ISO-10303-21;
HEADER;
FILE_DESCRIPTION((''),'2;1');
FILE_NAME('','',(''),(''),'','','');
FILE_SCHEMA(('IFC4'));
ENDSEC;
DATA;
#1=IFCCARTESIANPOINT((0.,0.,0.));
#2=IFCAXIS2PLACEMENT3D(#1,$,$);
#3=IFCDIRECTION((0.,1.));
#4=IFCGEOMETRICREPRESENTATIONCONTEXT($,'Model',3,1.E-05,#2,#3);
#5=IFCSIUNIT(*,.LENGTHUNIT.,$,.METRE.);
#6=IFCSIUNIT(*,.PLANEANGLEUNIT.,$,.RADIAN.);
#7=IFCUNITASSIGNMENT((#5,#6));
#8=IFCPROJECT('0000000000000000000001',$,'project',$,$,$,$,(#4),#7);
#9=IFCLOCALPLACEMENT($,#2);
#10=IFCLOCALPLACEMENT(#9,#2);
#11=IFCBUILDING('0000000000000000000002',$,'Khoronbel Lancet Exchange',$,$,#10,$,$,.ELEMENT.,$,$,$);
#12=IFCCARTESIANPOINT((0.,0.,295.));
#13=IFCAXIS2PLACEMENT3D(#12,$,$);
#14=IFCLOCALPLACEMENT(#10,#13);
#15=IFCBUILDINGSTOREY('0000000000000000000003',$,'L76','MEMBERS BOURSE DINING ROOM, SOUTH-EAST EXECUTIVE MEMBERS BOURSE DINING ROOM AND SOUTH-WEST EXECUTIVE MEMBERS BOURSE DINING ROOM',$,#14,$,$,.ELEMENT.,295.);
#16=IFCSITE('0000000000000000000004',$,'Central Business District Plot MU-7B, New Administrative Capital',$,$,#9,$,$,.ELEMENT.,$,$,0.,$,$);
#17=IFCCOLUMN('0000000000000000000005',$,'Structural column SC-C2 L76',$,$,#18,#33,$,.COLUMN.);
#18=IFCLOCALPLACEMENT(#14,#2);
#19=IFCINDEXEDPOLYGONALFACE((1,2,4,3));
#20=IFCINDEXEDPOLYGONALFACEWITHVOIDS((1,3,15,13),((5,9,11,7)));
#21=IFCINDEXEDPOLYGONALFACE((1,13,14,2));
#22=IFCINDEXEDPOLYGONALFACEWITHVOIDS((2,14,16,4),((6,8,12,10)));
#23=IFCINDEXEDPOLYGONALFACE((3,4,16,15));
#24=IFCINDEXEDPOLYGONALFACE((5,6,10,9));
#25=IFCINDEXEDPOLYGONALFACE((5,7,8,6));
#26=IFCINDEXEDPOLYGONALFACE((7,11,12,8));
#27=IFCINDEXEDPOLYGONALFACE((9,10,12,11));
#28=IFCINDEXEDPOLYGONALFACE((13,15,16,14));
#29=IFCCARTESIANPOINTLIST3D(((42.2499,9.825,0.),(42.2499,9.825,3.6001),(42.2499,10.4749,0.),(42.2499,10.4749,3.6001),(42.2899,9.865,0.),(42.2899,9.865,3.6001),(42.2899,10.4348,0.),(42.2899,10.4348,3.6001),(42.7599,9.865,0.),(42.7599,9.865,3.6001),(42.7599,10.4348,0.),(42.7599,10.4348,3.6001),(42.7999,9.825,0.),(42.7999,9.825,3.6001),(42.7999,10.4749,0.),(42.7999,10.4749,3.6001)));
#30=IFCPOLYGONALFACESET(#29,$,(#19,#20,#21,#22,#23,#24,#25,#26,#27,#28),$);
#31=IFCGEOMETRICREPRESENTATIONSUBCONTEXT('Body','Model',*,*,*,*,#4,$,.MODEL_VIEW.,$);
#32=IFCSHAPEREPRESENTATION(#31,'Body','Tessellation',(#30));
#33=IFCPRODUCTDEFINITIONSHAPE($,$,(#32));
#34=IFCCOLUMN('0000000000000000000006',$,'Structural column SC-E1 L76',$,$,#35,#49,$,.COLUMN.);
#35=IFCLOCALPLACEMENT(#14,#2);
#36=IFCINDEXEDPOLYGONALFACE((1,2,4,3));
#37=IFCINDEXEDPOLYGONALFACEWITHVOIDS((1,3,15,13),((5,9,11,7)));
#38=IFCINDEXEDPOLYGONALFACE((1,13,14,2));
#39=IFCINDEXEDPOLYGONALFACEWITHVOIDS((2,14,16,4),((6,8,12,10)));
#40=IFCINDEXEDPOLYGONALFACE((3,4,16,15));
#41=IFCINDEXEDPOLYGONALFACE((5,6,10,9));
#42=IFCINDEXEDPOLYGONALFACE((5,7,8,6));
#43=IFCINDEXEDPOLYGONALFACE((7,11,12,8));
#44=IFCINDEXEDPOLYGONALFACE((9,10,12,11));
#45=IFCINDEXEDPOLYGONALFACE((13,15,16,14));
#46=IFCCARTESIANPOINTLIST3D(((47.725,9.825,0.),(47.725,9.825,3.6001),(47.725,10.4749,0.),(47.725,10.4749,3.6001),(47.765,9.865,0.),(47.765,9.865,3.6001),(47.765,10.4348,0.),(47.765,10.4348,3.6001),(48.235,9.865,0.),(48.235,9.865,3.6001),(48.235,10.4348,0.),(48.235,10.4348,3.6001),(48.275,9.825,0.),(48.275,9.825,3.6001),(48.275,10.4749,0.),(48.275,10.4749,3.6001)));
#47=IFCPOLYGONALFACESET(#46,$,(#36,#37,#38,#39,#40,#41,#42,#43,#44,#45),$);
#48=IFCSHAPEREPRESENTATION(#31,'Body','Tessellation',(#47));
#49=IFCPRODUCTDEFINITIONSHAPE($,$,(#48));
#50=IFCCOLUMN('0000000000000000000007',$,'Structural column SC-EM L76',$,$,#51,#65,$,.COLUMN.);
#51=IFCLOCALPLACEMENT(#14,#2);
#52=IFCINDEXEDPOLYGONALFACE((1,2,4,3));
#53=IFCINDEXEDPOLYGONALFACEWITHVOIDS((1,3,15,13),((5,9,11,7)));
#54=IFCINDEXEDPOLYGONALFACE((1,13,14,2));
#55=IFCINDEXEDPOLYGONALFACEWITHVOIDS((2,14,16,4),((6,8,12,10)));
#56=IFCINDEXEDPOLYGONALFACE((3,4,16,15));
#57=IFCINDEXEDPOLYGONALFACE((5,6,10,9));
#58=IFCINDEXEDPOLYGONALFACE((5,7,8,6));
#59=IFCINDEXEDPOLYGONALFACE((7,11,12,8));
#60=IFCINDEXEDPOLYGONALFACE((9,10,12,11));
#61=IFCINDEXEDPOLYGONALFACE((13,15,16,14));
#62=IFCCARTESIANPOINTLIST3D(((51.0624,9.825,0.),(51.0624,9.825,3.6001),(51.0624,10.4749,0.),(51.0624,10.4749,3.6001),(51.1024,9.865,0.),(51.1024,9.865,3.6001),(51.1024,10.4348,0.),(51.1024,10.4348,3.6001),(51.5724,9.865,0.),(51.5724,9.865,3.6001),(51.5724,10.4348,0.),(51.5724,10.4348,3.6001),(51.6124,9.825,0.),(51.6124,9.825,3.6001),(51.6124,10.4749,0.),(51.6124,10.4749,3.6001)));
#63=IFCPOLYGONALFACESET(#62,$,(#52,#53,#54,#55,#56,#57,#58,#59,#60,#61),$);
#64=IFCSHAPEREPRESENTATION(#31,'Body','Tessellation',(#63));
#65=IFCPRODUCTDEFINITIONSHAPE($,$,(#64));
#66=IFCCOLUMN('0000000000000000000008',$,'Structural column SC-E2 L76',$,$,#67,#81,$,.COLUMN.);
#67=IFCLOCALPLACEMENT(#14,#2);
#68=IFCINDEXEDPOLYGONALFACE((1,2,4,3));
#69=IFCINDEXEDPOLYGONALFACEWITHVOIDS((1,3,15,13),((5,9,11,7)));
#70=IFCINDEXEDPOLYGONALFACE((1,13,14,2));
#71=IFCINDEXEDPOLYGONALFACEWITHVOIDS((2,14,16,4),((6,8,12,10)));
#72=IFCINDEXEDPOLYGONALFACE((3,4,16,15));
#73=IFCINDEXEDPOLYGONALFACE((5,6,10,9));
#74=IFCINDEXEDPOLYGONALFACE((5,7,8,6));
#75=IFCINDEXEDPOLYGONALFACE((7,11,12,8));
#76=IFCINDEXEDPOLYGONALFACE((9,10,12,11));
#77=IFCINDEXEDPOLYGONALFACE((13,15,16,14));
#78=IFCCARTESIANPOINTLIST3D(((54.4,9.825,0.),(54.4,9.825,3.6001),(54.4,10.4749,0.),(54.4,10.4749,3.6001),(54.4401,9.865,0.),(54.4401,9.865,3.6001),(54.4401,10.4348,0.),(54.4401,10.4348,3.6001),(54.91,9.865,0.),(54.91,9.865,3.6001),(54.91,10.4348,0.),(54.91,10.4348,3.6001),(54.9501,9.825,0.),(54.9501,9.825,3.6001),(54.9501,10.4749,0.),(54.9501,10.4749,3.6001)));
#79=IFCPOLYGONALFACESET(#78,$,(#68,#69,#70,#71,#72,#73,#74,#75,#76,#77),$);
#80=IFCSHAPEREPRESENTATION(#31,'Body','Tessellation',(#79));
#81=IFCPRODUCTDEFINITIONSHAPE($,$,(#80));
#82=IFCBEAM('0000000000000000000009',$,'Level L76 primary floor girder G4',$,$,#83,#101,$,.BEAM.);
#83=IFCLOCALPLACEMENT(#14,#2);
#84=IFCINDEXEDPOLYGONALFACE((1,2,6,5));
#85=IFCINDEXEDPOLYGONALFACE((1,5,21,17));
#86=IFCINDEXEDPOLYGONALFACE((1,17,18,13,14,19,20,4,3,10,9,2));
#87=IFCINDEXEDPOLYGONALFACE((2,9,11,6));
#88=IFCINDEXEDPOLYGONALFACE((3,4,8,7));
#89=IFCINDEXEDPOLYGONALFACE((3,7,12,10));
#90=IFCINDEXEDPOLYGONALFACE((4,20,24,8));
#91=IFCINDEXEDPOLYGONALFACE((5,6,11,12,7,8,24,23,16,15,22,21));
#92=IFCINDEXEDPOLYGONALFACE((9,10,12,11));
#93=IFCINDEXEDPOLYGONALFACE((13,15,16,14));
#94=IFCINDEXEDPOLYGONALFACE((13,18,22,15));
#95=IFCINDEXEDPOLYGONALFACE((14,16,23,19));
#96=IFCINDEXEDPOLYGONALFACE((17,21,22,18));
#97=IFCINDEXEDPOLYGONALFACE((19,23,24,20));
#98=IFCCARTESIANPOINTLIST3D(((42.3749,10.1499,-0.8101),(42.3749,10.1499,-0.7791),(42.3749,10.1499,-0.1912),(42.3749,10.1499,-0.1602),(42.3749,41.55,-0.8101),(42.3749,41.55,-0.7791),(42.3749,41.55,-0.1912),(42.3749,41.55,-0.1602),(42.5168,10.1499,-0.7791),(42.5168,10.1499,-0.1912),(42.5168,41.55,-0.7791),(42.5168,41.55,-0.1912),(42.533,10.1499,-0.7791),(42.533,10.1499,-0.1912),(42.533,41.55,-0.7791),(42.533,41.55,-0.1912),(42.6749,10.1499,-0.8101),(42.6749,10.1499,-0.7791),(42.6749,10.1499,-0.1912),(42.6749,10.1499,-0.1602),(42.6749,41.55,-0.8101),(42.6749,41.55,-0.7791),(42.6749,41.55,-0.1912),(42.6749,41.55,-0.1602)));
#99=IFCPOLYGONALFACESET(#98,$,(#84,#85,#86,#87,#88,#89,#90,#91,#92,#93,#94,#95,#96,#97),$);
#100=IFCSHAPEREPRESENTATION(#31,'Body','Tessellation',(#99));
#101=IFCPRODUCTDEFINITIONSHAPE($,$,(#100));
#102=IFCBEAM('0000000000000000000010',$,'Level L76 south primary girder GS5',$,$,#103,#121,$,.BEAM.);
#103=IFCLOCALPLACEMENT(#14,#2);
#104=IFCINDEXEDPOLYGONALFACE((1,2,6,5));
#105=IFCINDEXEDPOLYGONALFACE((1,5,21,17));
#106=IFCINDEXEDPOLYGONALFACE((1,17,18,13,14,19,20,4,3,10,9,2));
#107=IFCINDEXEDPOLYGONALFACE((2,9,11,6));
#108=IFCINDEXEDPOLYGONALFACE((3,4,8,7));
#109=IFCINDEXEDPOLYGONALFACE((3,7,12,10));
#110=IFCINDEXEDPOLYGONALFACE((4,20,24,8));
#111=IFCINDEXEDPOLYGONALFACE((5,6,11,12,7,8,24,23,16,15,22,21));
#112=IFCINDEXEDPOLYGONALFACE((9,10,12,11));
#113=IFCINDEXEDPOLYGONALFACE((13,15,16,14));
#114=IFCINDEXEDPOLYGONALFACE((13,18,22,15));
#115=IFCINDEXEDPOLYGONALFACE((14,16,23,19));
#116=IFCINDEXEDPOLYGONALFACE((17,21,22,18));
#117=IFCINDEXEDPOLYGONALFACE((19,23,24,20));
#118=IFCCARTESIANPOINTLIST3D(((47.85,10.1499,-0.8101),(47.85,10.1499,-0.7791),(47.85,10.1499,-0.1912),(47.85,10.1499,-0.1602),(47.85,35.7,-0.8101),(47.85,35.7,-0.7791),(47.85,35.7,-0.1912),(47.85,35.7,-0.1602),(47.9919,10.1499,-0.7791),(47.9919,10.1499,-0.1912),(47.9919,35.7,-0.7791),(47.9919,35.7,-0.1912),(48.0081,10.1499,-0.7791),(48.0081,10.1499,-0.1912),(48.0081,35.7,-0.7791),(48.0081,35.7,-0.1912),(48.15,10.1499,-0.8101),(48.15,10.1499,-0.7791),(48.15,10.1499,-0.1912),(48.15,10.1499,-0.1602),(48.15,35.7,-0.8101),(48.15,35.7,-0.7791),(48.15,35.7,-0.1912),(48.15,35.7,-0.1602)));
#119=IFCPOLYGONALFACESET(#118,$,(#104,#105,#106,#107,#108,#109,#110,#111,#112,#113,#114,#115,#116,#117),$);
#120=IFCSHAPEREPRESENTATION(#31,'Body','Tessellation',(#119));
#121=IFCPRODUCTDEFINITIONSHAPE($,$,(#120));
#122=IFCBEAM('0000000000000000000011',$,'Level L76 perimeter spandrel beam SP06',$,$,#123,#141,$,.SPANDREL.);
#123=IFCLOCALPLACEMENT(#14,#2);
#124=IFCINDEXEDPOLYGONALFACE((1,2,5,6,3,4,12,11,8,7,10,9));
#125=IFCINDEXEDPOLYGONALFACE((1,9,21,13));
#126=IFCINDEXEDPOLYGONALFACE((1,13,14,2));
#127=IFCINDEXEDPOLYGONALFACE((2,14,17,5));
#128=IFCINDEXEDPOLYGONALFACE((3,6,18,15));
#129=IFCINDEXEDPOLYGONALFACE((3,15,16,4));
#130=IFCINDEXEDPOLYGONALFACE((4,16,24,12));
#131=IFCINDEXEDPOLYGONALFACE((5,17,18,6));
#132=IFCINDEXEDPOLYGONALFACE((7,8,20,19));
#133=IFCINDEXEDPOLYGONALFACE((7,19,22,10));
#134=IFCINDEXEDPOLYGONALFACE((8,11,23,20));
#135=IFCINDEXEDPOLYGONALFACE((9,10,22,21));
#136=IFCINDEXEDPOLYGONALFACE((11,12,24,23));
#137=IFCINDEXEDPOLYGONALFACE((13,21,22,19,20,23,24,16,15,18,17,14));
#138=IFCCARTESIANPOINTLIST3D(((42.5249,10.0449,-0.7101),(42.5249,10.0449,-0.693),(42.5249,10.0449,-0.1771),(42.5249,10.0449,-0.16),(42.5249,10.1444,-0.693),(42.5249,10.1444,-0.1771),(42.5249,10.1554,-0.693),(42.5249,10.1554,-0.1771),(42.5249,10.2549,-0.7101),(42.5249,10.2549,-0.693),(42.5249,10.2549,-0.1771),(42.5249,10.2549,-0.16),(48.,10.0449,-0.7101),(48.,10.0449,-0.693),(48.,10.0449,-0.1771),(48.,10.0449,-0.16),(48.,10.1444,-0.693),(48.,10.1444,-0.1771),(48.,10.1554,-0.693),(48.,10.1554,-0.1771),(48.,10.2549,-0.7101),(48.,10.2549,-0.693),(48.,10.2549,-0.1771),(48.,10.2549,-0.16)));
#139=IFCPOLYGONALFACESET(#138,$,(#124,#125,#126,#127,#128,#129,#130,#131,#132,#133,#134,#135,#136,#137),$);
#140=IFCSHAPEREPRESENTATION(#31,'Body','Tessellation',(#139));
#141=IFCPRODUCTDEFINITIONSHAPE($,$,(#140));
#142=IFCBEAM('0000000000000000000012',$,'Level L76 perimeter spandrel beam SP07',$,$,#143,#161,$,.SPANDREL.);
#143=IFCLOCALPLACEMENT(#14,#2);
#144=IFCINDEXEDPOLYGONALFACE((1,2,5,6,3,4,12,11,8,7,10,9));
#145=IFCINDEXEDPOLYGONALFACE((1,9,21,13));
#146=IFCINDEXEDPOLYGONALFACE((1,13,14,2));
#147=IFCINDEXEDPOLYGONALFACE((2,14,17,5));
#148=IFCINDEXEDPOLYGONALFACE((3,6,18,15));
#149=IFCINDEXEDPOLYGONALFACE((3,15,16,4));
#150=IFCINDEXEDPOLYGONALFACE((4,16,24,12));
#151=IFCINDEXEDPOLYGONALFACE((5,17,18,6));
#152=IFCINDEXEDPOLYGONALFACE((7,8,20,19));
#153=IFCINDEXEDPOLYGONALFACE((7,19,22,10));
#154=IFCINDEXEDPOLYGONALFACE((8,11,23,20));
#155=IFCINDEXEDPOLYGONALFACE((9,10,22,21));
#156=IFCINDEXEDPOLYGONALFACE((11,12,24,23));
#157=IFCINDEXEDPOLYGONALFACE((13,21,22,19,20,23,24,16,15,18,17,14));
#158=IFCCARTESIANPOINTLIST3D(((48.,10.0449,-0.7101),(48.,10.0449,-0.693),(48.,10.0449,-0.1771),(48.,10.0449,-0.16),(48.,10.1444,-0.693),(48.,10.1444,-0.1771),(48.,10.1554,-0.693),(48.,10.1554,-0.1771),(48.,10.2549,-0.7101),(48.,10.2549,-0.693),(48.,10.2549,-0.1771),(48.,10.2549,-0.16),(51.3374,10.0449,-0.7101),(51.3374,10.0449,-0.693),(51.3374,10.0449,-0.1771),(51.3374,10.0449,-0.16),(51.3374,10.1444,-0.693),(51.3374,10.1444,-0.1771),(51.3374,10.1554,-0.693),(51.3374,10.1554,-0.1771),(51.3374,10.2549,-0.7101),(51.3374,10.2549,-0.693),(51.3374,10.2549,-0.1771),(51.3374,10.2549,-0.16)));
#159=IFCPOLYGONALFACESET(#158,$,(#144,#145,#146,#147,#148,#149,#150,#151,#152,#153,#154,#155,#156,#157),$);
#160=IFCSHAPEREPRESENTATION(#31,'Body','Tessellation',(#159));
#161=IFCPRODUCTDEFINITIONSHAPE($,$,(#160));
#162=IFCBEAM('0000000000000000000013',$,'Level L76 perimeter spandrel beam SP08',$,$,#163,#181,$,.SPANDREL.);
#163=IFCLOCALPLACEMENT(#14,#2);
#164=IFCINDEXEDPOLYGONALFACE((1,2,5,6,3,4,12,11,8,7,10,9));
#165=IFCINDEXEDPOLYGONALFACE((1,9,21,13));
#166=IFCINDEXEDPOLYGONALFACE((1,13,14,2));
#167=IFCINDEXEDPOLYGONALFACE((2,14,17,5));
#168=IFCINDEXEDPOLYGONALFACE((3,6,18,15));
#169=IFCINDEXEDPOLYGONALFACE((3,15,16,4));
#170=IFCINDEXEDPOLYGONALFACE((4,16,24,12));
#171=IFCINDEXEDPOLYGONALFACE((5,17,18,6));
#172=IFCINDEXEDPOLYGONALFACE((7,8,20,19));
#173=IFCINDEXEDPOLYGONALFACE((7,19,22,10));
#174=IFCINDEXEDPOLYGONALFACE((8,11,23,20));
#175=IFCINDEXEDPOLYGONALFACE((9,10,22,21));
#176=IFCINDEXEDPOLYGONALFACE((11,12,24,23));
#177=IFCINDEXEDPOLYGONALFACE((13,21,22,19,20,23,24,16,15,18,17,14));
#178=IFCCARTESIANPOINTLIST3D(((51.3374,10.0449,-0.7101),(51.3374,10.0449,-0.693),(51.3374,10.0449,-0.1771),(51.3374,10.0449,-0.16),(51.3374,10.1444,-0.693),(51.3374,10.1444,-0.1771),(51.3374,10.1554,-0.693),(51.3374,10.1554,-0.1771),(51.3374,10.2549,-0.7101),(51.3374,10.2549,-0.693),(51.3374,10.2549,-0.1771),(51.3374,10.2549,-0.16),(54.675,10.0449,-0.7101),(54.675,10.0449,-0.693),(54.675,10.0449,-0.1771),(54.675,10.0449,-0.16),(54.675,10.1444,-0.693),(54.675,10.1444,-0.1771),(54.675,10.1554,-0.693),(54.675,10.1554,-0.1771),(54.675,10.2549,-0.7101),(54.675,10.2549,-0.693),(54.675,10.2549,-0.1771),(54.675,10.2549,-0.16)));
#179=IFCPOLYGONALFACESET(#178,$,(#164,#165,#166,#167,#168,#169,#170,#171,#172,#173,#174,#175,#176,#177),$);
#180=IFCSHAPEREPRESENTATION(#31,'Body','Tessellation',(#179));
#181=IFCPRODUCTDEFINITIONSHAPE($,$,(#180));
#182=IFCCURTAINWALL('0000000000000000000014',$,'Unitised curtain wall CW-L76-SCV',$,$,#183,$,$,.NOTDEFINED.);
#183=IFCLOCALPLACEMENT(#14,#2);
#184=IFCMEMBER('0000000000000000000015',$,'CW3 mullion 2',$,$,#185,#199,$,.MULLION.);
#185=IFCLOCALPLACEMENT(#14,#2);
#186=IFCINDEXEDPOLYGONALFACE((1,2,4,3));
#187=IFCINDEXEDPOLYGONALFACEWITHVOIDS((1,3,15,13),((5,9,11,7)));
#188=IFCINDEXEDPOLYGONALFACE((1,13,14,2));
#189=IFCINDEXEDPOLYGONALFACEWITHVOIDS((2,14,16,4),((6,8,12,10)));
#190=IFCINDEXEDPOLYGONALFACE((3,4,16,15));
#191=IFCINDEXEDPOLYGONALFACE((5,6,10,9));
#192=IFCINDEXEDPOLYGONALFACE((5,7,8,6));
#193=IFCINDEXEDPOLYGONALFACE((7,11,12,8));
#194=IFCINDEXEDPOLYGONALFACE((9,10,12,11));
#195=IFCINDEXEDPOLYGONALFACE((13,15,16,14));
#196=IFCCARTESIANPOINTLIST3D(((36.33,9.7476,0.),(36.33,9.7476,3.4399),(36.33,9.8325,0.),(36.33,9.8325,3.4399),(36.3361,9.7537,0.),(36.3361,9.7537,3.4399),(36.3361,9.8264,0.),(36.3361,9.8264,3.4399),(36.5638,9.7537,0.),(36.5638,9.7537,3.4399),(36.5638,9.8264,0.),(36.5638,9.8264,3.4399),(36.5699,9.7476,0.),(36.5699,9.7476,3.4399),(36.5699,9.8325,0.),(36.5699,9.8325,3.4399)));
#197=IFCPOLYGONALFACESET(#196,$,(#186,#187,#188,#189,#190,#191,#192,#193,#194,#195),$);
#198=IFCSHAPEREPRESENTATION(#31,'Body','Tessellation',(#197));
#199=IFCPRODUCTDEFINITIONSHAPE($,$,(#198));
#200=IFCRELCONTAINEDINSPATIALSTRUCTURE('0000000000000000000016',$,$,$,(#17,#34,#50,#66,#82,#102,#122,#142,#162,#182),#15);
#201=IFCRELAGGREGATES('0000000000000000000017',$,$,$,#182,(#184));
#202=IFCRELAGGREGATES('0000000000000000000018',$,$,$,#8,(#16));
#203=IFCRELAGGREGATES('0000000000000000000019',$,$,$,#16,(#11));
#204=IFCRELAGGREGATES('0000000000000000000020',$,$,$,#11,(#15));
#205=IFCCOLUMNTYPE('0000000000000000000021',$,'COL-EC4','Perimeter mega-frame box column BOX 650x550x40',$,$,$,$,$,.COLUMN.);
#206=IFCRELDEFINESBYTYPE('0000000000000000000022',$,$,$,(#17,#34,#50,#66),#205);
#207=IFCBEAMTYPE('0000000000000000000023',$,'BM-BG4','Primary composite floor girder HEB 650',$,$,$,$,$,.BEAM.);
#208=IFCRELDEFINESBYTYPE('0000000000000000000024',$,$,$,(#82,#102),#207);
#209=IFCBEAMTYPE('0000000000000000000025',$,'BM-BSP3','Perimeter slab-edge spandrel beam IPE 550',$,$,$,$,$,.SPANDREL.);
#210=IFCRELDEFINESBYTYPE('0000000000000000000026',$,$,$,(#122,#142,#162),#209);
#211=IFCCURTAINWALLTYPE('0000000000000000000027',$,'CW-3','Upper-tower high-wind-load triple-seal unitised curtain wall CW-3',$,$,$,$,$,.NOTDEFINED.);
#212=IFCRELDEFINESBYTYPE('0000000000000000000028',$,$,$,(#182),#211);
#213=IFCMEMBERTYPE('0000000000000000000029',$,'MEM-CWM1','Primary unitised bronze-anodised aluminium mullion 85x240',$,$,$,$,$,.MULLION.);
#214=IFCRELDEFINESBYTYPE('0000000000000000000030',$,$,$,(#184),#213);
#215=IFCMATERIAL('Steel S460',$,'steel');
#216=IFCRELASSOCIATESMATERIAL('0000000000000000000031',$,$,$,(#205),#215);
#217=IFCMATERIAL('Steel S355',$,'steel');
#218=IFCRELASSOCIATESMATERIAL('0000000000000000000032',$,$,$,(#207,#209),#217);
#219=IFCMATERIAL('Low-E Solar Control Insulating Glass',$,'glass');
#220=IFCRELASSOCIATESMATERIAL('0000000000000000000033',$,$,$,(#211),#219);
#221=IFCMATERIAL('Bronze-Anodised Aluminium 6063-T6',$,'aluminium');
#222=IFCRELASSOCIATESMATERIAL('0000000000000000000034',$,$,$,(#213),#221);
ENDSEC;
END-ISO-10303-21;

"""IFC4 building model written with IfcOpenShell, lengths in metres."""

from ifc_helpers import new_model, si_unit, direction, frame, origin, origin_2d, place, context, subcontext, project, spatial, hollow_rectangle, i_section, extrude, material, material_profile, profile_set, type_object, element, aggregate, save


model = new_model("IFC4")

# Units and contexts
model_context = context("Model", 3, precision=1e-05, world=origin(), true_north=direction((0.0, 1.0)))
body_context = subcontext(model_context, "Body", "Model", "MODEL_VIEW")
ifc_project = project(units=[si_unit("LENGTHUNIT", "METRE"), si_unit("PLANEANGLEUNIT", "RADIAN")], contexts=[model_context])

# Site, building, storey
site_placement = place(None, origin())
site = spatial("IfcSite", under=ifc_project, at=site_placement, Name="Central Business District Plot MU-7B, New Administrative Capital", CompositionType="ELEMENT", RefElevation=0.0)
building_placement = place(site_placement, origin())
building = spatial("IfcBuilding", under=site, at=building_placement, Name="Khoronbel Lancet Exchange", CompositionType="ELEMENT")
storey_placement = place(building_placement, frame((0.0, 0.0, 295.0)))
storey = spatial("IfcBuildingStorey", under=building, at=storey_placement, Name="L76", Description="MEMBERS BOURSE DINING ROOM, SOUTH-EAST EXECUTIVE MEMBERS BOURSE DINING ROOM AND SOUTH-WEST EXECUTIVE MEMBERS BOURSE DINING ROOM", CompositionType="ELEMENT", Elevation=295.0)

# Columns
ifc_material_1 = material(Name="Steel S460", Category="steel")
ifc_material_profile_1 = material_profile(ifc_material_1, hollow_rectangle(XDim=0.55, YDim=0.6499, WallThickness=0.04, at=origin_2d()), Name="BOX 650x550x40")
ifc_profile_set_1 = profile_set([ifc_material_profile_1], Name="Steel S460")
column_type = type_object("IfcColumnType", Name="COL-EC4", Description="Perimeter mega-frame box column BOX 650x550x40", PredefinedType="COLUMN", material=ifc_profile_set_1)
for number, where, z_axis, x_axis, name in (
    (1, (42.5249, 10.1499, 0.0), (0.0, 0.0, 1.0), (1.0, 0.0, 0.0), "Structural column SC-C2 L76"),
    (2, (48.0, 10.1499, 0.0), (0.0, 0.0, 1.0), (1.0, 0.0, 0.0), "Structural column SC-E1 L76"),
    (3, (51.3374, 10.1499, 0.0), (0.0, 0.0, 1.0), (1.0, 0.0, 0.0), "Structural column SC-EM L76"),
    (4, (54.675, 10.1499, 0.0), (0.0, 0.0, 1.0), (1.0, 0.0, 0.0), "Structural column SC-E2 L76"),
):
    element("IfcColumn", number, at=place(storey_placement, frame(where, z_axis=z_axis, x_axis=x_axis)), inside=storey, type_object=column_type, Name=name, PredefinedType="COLUMN", context=body_context, shape_type="SweptSolid", body=[
        extrude(hollow_rectangle(XDim=0.55, YDim=0.6499, WallThickness=0.04, at=origin_2d()), origin(), (0.0, 0.0, 1.0), 3.6001),
    ])

# Beams
ifc_material_2 = material(Name="Steel S355", Category="steel")
ifc_material_profile_2 = material_profile(ifc_material_2, i_section(OverallWidth=0.3, OverallDepth=0.6499, WebThickness=0.0161, FlangeThickness=0.031, at=origin_2d()), Name="HEB 650")
ifc_profile_set_2 = profile_set([ifc_material_profile_2], Name="Steel S355")
beam_type_1 = type_object("IfcBeamType", Name="BM-BG4", Description="Primary composite floor girder HEB 650", PredefinedType="BEAM", material=ifc_profile_set_2)
beam_1_placement = place(storey_placement, frame((42.5249, 10.1499, -0.4851), z_axis=(0.0, 1.0, 0.0), x_axis=(-1.0, 0.0, 0.0)))
element("IfcBeam", 5, at=beam_1_placement, inside=storey, type_object=beam_type_1, Name="Level L76 primary floor girder G4", PredefinedType="BEAM", context=body_context, shape_type="SweptSolid", body=[
    extrude(i_section(OverallWidth=0.3, OverallDepth=0.6499, WebThickness=0.0161, FlangeThickness=0.031, at=origin_2d()), origin(), (0.0, 0.0, 1.0), 31.4001),
])
beam_2_placement = place(storey_placement, frame((48.0, 10.1499, -0.4851), z_axis=(0.0, 1.0, 0.0), x_axis=(-1.0, 0.0, 0.0)))
element("IfcBeam", 6, at=beam_2_placement, inside=storey, type_object=beam_type_1, Name="Level L76 south primary girder GS5", PredefinedType="BEAM", context=body_context, shape_type="SweptSolid", body=[
    extrude(i_section(OverallWidth=0.3, OverallDepth=0.6499, WebThickness=0.0161, FlangeThickness=0.031, at=origin_2d()), origin(), (0.0, 0.0, 1.0), 25.55),
])
ifc_material_profile_3 = material_profile(ifc_material_2, i_section(OverallWidth=0.21, OverallDepth=0.55, WebThickness=0.011, FlangeThickness=0.0171, at=origin_2d()), Name="IPE 550")
ifc_profile_set_3 = profile_set([ifc_material_profile_3], Name="Steel S355")
beam_type_2 = type_object("IfcBeamType", Name="BM-BSP3", Description="Perimeter slab-edge spandrel beam IPE 550", PredefinedType="SPANDREL", material=ifc_profile_set_3)
beam_3_placement = place(storey_placement, frame((42.5249, 10.1499, -0.4351), z_axis=(1.0, 0.0, 0.0), x_axis=(0.0, 1.0, 0.0)))
element("IfcBeam", 7, at=beam_3_placement, inside=storey, type_object=beam_type_2, Name="Level L76 perimeter spandrel beam SP06", PredefinedType="SPANDREL", context=body_context, shape_type="SweptSolid", body=[
    extrude(i_section(OverallWidth=0.21, OverallDepth=0.55, WebThickness=0.011, FlangeThickness=0.0171, at=origin_2d()), origin(), (0.0, 0.0, 1.0), 5.4751),
])
beam_4_placement = place(storey_placement, frame((48.0, 10.1499, -0.4351), z_axis=(1.0, 0.0, 0.0), x_axis=(0.0, 1.0, 0.0)))
element("IfcBeam", 8, at=beam_4_placement, inside=storey, type_object=beam_type_2, Name="Level L76 perimeter spandrel beam SP07", PredefinedType="SPANDREL", context=body_context, shape_type="SweptSolid", body=[
    extrude(i_section(OverallWidth=0.21, OverallDepth=0.55, WebThickness=0.011, FlangeThickness=0.0171, at=origin_2d()), origin(), (0.0, 0.0, 1.0), 3.3374),
])
beam_5_placement = place(storey_placement, frame((51.3374, 10.1499, -0.4351), z_axis=(1.0, 0.0, 0.0), x_axis=(0.0, 1.0, 0.0)))
element("IfcBeam", 9, at=beam_5_placement, inside=storey, type_object=beam_type_2, Name="Level L76 perimeter spandrel beam SP08", PredefinedType="SPANDREL", context=body_context, shape_type="SweptSolid", body=[
    extrude(i_section(OverallWidth=0.21, OverallDepth=0.55, WebThickness=0.011, FlangeThickness=0.0171, at=origin_2d()), origin(), (0.0, 0.0, 1.0), 3.3376),
])

# Curtain wall, member
ifc_material_3 = material(Name="Low-E Solar Control Insulating Glass", Category="glass")
curtain_wall_type = type_object("IfcCurtainWallType", Name="CW-3", Description="Upper-tower high-wind-load triple-seal unitised curtain wall CW-3", PredefinedType="NOTDEFINED", material=ifc_material_3)
curtain_wall_1_placement = place(storey_placement, origin())
curtain_wall_1 = element("IfcCurtainWall", 10, at=curtain_wall_1_placement, inside=storey, type_object=curtain_wall_type, Name="Unitised curtain wall CW-L76-SCV", PredefinedType="NOTDEFINED")
ifc_material_4 = material(Name="Bronze-Anodised Aluminium 6063-T6", Category="aluminium")
ifc_material_profile_4 = material_profile(ifc_material_4, hollow_rectangle(XDim=0.085, YDim=0.24, WallThickness=0.0061, at=origin_2d()), Name="ALU MULLION 85x240")
ifc_profile_set_4 = profile_set([ifc_material_profile_4], Name="Bronze-Anodised Aluminium 6063-T6")
member_type_1 = type_object("IfcMemberType", Name="MEM-CWM1", Description="Primary unitised bronze-anodised aluminium mullion 85x240", PredefinedType="MULLION", material=ifc_profile_set_4)
member_1_placement = place(storey_placement, frame((36.45, 9.79, 0.0), z_axis=(0.0, 0.0, 1.0), x_axis=(0.0, 1.0, 0.0)))
member_1 = element("IfcMember", 11, at=member_1_placement, type_object=member_type_1, Name="CW3 mullion 2", PredefinedType="MULLION", context=body_context, shape_type="SweptSolid", body=[
    extrude(hollow_rectangle(XDim=0.085, YDim=0.24, WallThickness=0.0061, at=origin_2d()), origin(), (0.0, 0.0, 1.0), 3.4399),
])

aggregate(curtain_wall_1, [member_1])

save(model, "model.ifc")
